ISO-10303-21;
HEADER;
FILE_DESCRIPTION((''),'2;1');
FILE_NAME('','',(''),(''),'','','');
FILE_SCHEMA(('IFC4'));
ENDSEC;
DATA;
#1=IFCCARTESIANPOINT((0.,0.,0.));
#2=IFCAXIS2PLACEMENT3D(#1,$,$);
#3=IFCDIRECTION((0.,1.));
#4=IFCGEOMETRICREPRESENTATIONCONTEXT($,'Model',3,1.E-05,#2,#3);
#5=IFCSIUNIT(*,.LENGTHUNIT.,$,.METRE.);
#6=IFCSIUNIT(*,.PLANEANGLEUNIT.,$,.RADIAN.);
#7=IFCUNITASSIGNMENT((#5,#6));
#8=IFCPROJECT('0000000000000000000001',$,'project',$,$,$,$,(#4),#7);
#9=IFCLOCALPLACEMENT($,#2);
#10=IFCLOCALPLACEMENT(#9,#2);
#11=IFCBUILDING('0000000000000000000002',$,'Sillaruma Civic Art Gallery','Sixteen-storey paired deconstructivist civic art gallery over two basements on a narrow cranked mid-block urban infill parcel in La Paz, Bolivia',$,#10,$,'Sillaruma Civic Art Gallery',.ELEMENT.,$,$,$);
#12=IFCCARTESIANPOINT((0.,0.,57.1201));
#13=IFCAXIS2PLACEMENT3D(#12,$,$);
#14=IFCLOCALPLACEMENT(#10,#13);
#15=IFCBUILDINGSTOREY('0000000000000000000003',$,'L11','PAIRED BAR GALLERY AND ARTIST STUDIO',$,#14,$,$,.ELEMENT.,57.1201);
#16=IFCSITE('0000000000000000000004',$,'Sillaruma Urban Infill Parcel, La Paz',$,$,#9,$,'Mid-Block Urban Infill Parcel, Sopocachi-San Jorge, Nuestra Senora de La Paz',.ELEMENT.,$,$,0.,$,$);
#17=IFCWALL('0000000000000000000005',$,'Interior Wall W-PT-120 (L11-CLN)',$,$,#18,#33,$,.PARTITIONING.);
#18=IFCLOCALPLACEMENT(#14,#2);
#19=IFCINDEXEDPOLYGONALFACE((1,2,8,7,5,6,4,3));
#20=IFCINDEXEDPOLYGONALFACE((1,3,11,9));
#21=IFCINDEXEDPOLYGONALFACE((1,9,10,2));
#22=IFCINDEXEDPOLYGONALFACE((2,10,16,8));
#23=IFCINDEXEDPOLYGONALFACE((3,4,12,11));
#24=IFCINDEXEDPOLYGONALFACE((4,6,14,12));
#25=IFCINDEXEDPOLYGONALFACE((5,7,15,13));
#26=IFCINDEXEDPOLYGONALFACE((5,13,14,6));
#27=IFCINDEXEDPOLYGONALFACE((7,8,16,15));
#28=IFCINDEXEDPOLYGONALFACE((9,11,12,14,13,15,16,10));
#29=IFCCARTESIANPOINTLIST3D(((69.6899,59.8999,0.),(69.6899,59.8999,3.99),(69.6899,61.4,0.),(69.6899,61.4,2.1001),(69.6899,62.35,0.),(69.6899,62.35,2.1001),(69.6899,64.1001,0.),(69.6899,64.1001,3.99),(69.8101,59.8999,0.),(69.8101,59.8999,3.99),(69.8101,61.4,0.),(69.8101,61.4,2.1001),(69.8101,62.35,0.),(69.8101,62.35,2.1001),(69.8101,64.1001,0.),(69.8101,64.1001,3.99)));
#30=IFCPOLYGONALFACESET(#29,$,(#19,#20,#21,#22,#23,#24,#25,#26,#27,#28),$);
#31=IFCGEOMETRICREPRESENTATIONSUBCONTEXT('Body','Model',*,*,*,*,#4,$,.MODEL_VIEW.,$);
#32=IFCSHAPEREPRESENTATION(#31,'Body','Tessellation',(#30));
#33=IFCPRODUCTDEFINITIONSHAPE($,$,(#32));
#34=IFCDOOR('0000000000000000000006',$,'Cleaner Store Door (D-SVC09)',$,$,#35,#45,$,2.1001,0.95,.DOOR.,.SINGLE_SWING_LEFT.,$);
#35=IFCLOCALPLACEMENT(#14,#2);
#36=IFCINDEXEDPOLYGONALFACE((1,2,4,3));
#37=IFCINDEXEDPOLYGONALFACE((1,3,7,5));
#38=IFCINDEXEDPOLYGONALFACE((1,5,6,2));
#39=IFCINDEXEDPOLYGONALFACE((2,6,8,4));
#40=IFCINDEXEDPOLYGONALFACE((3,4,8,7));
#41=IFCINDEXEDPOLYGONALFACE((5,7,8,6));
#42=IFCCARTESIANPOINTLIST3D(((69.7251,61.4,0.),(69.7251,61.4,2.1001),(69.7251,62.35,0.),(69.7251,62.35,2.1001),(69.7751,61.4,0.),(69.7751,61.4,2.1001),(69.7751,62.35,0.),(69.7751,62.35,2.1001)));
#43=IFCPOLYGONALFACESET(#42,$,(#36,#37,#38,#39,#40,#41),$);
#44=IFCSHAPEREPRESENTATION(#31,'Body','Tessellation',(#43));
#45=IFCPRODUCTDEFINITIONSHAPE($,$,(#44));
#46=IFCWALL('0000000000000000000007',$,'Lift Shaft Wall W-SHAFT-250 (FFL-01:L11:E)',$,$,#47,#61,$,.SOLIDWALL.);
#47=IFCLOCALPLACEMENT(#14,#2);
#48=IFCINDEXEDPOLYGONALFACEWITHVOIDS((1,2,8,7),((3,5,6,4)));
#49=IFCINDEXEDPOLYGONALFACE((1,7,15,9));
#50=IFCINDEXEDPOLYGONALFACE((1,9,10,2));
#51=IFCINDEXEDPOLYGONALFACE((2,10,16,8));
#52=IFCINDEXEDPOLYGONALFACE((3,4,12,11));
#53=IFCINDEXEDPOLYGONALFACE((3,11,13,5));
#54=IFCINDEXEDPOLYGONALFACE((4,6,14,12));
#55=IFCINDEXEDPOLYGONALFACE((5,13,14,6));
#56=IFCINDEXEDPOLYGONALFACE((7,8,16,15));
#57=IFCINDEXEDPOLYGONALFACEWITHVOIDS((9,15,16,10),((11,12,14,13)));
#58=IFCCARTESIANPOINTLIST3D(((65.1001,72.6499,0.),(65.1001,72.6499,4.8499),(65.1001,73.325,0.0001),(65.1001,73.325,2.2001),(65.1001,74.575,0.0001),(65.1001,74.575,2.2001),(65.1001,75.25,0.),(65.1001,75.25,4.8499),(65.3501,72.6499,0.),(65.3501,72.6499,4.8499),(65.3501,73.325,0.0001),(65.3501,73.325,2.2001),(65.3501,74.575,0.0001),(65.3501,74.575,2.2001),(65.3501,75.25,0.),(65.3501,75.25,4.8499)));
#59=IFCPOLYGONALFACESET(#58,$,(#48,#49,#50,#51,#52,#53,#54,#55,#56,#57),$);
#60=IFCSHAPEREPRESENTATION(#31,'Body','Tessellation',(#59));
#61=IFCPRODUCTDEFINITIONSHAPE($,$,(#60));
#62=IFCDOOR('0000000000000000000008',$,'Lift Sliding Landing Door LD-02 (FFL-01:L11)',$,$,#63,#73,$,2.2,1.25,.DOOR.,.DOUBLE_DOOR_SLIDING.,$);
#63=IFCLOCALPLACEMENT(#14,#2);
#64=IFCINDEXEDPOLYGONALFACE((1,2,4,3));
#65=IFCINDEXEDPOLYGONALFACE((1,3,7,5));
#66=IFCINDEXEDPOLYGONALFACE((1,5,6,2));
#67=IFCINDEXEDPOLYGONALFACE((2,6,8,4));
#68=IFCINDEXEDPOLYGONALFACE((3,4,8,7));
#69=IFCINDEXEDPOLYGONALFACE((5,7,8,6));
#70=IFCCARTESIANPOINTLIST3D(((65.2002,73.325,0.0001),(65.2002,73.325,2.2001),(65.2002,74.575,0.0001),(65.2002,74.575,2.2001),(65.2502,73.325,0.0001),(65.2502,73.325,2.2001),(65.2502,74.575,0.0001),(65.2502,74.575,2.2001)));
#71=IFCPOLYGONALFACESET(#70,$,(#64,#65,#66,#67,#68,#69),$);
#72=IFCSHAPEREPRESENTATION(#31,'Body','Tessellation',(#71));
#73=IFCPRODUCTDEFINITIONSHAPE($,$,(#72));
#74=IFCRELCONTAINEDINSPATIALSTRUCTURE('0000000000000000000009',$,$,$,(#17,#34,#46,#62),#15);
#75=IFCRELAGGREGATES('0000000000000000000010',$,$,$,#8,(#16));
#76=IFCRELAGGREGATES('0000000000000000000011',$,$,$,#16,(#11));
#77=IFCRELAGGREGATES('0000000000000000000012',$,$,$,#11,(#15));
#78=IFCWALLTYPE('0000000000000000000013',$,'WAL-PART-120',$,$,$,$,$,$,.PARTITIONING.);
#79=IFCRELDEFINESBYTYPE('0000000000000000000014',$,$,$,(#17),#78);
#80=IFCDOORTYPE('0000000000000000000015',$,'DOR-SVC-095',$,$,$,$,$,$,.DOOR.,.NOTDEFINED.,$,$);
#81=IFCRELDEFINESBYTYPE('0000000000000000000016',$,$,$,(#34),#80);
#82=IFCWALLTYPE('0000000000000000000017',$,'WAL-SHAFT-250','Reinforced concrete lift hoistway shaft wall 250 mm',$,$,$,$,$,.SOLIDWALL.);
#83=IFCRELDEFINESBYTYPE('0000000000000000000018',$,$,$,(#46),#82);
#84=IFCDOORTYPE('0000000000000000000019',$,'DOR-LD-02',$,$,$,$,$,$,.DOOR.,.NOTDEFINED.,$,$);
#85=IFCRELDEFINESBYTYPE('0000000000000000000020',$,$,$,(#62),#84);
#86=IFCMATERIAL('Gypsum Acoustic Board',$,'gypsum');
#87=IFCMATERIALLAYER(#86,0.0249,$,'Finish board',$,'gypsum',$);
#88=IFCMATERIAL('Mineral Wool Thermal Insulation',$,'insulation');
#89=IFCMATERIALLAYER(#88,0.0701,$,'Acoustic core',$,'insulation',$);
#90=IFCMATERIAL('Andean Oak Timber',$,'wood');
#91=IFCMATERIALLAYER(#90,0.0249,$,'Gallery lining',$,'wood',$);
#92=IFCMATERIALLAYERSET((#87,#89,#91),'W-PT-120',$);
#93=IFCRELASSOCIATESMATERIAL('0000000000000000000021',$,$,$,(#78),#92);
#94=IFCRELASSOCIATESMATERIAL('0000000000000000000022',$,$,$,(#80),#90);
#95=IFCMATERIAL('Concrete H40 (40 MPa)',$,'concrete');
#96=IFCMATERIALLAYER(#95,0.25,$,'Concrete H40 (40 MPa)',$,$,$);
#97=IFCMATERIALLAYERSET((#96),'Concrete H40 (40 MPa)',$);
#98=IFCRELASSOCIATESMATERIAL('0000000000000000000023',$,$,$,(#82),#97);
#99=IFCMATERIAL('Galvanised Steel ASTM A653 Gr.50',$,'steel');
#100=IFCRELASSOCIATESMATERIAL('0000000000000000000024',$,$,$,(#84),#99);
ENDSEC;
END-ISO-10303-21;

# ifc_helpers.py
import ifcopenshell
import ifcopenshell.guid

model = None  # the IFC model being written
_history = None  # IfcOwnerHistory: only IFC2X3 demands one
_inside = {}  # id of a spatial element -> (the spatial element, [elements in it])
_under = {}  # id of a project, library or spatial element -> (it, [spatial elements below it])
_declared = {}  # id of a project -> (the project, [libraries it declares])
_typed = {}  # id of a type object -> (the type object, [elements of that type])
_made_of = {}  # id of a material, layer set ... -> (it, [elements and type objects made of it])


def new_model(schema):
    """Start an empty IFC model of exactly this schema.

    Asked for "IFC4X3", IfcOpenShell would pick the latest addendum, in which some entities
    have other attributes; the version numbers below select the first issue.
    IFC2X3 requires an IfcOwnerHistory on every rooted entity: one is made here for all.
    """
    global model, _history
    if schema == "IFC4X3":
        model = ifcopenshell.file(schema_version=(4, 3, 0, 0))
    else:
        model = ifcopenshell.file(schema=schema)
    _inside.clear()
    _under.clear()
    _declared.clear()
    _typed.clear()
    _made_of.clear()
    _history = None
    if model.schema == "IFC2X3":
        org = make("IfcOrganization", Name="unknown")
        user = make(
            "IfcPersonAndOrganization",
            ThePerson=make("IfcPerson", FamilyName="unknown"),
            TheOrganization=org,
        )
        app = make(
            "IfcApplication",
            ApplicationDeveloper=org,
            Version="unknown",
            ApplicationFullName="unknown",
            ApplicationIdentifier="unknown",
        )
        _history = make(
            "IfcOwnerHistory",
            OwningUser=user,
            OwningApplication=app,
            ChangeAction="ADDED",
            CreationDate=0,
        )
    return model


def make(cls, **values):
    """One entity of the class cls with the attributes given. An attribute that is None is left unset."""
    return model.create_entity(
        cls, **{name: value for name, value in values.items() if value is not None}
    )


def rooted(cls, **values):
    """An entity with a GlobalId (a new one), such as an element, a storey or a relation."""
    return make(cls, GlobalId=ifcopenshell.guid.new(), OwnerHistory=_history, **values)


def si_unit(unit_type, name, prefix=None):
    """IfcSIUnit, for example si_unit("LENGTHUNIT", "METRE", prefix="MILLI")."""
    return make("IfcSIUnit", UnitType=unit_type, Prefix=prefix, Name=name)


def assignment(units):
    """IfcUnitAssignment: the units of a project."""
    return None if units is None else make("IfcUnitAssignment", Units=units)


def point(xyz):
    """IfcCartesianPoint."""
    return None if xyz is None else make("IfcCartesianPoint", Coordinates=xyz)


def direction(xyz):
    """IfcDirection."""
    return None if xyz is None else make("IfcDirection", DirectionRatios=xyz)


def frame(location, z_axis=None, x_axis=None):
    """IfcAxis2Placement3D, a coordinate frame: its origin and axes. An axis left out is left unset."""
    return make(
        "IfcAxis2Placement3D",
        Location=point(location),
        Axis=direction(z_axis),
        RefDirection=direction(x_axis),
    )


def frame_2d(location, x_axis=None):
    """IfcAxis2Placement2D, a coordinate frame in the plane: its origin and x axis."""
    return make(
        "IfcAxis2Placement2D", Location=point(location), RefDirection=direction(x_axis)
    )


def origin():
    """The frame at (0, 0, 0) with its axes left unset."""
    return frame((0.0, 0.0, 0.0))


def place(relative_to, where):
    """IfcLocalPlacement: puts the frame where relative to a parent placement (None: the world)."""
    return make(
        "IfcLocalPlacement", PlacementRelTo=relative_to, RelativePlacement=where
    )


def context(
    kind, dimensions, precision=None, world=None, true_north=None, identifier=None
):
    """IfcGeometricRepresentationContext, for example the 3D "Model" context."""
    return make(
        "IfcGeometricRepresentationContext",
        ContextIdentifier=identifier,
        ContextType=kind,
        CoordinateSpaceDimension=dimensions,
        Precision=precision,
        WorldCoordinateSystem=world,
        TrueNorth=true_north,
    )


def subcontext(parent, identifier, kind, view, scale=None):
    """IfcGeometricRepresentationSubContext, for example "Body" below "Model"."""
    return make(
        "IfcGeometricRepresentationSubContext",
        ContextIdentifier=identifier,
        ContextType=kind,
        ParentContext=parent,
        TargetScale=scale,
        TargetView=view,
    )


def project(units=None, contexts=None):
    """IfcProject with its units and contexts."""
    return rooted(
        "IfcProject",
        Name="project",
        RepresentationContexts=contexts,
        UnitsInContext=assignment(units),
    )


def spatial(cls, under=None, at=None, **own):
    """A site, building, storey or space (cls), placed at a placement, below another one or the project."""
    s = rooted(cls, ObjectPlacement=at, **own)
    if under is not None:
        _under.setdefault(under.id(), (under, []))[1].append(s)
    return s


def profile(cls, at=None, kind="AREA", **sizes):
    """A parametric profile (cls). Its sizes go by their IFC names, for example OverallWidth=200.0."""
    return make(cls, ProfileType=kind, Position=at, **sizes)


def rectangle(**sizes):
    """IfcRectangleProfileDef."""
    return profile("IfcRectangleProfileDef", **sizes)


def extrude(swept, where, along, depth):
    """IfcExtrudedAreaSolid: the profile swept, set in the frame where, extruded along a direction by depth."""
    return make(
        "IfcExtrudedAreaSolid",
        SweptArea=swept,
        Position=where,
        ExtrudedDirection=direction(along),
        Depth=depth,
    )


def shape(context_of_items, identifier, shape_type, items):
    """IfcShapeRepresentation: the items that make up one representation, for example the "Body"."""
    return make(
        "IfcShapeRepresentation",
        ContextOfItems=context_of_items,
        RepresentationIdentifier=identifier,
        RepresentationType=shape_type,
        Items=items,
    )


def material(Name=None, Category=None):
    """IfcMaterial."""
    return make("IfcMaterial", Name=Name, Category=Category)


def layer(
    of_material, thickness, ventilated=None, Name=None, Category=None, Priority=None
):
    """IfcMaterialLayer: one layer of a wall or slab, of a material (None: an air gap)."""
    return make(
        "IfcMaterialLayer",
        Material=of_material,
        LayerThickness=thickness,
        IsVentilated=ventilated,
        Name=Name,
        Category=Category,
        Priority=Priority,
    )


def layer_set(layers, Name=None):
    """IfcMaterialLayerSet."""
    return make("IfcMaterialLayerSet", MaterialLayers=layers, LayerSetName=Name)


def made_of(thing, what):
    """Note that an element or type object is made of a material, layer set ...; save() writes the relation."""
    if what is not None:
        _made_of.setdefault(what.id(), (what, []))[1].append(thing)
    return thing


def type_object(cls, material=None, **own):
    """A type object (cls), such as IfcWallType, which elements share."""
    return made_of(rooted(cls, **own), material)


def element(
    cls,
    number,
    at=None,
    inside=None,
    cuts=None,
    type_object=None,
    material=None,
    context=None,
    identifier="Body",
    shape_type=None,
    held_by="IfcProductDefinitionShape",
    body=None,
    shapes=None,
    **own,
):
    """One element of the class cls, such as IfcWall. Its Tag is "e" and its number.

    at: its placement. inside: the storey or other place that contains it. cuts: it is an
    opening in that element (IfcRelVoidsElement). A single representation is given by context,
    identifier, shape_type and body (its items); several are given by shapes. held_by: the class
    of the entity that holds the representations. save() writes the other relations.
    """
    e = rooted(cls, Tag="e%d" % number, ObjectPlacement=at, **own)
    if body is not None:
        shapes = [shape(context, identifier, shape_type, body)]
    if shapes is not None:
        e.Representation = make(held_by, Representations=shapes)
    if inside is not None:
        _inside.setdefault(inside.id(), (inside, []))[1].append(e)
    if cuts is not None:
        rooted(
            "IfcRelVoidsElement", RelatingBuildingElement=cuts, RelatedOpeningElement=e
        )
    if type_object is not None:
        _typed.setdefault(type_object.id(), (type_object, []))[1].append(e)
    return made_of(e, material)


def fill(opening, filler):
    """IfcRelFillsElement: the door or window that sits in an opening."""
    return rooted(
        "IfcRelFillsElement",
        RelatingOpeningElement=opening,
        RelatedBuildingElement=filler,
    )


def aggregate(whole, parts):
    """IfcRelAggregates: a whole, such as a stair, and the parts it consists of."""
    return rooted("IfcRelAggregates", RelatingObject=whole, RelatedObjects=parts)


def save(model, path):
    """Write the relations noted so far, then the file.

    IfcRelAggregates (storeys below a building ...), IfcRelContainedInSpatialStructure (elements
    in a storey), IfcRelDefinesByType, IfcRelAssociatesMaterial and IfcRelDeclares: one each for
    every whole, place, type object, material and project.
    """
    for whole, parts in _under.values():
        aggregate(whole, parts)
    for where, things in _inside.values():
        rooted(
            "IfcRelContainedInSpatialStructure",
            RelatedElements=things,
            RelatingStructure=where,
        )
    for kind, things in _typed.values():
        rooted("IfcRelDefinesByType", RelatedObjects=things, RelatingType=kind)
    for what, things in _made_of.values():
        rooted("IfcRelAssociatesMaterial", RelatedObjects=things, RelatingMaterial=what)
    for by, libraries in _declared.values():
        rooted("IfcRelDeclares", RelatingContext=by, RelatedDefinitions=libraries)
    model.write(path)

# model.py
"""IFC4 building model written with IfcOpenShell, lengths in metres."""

from ifc_helpers import new_model, si_unit, direction, frame, frame_2d, origin, place, context, subcontext, project, spatial, rectangle, extrude, material, layer, layer_set, type_object, element, fill, save


model = new_model("IFC4")

# Units and contexts
model_context = context("Model", 3, precision=1e-05, world=origin(), true_north=direction((0.0, 1.0)))
body_context = subcontext(model_context, "Body", "Model", "MODEL_VIEW")
ifc_project = project(units=[si_unit("LENGTHUNIT", "METRE"), si_unit("PLANEANGLEUNIT", "RADIAN")], contexts=[model_context])

# Site, building, storey
site_placement = place(None, origin())
site = spatial("IfcSite", under=ifc_project, at=site_placement, Name="Sillaruma Urban Infill Parcel, La Paz", LongName="Mid-Block Urban Infill Parcel, Sopocachi-San Jorge, Nuestra Senora de La Paz", CompositionType="ELEMENT", RefElevation=0.0)
building_placement = place(site_placement, origin())
building = spatial("IfcBuilding", under=site, at=building_placement, Name="Sillaruma Civic Art Gallery", Description="Sixteen-storey paired deconstructivist civic art gallery over two basements on a narrow cranked mid-block urban infill parcel in La Paz, Bolivia", LongName="Sillaruma Civic Art Gallery", CompositionType="ELEMENT")
storey_placement = place(building_placement, frame((0.0, 0.0, 57.1201)))
storey = spatial("IfcBuildingStorey", under=building, at=storey_placement, Name="L11", Description="PAIRED BAR GALLERY AND ARTIST STUDIO", CompositionType="ELEMENT", Elevation=57.1201)

# Shared definitions
ifc_material_1 = material(Name="Concrete H40 (40 MPa)", Category="concrete")

# Walls, openings, doors
ifc_material_2 = material(Name="Galvanised Steel ASTM A653 Gr.50", Category="steel")
ifc_material_3 = material(Name="Gypsum Acoustic Board", Category="gypsum")
ifc_layer_1 = layer(ifc_material_3, 0.0249, Name="Finish board", Category="gypsum")
ifc_material_4 = material(Name="Mineral Wool Thermal Insulation", Category="insulation")
ifc_layer_2 = layer(ifc_material_4, 0.0701, Name="Acoustic core", Category="insulation")
ifc_material_5 = material(Name="Andean Oak Timber", Category="wood")
ifc_layer_3 = layer(ifc_material_5, 0.0249, Name="Gallery lining", Category="wood")
ifc_layer_set_1 = layer_set([ifc_layer_1, ifc_layer_2, ifc_layer_3], Name="W-PT-120")
wall_type_1 = type_object("IfcWallType", Name="WAL-PART-120", PredefinedType="PARTITIONING", material=ifc_layer_set_1)
wall_1_placement = place(storey_placement, frame((69.75, 59.8999, 0.0), z_axis=(0.0, 0.0, 1.0), x_axis=(0.0, 1.0, 0.0)))
wall_1 = element("IfcWall", 1, at=wall_1_placement, inside=storey, type_object=wall_type_1, Name="Interior Wall W-PT-120 (L11-CLN)", PredefinedType="PARTITIONING", context=body_context, shape_type="SweptSolid", body=[
    extrude(rectangle(XDim=4.2002, YDim=0.1201, at=frame_2d((2.1001, 0.0))), origin(), (0.0, 0.0, 1.0), 3.99),
])
opening_1_placement = place(wall_1_placement, frame((1.5, 0.0, 0.0)))
opening_1 = element("IfcOpeningElement", 2, at=opening_1_placement, cuts=wall_1, PredefinedType="OPENING", context=body_context, shape_type="SweptSolid", body=[
    extrude(rectangle(XDim=0.95, YDim=2.1001, at=frame_2d((0.4751, 1.05))), frame((0.0, 0.0701, 0.0), z_axis=(0.0, -1.0, 0.0), x_axis=(1.0, 0.0, 0.0)), (0.0, 0.0, 1.0), 0.1401),
])
door_type_1 = type_object("IfcDoorType", Name="DOR-SVC-095", OperationType="NOTDEFINED", PredefinedType="DOOR", material=ifc_material_5)
door_1_placement = place(opening_1_placement, origin())
door_1 = element("IfcDoor", 3, at=door_1_placement, inside=storey, type_object=door_type_1, Name="Cleaner Store Door (D-SVC09)", OperationType="SINGLE_SWING_LEFT", OverallHeight=2.1001, OverallWidth=0.95, PredefinedType="DOOR", context=body_context, shape_type="SweptSolid", body=[
    extrude(rectangle(XDim=0.95, YDim=2.1001, at=frame_2d((0.4751, 1.05))), frame((0.0, 0.0249, 0.0), z_axis=(0.0, -1.0, 0.0), x_axis=(1.0, 0.0, 0.0)), (0.0, 0.0, 1.0), 0.05),
])
fill(opening_1, door_1)
ifc_layer_4 = layer(ifc_material_1, 0.25, Name="Concrete H40 (40 MPa)")
ifc_layer_set_2 = layer_set([ifc_layer_4], Name="Concrete H40 (40 MPa)")
wall_type_2 = type_object("IfcWallType", Name="WAL-SHAFT-250", Description="Reinforced concrete lift hoistway shaft wall 250 mm", PredefinedType="SOLIDWALL", material=ifc_layer_set_2)
wall_2_placement = place(storey_placement, frame((65.2251, 72.6499, 0.0), z_axis=(0.0, 0.0, 1.0), x_axis=(0.0, 1.0, 0.0)))
wall_2 = element("IfcWall", 4, at=wall_2_placement, inside=storey, type_object=wall_type_2, Name="Lift Shaft Wall W-SHAFT-250 (FFL-01:L11:E)", PredefinedType="SOLIDWALL", context=body_context, shape_type="SweptSolid", body=[
    extrude(rectangle(XDim=2.6001, YDim=0.25, at=frame_2d((1.3, 0.0))), origin(), (0.0, 0.0, 1.0), 4.8499),
])
opening_2_placement = place(wall_2_placement, frame((0.675, 0.0, 0.0)))
opening_2 = element("IfcOpeningElement", 5, at=opening_2_placement, cuts=wall_2, PredefinedType="OPENING", context=body_context, shape_type="SweptSolid", body=[
    extrude(rectangle(XDim=1.25, YDim=2.2, at=frame_2d((0.625, 1.1001))), frame((0.0, 0.135, 0.0), z_axis=(0.0, -1.0, 0.0), x_axis=(1.0, 0.0, 0.0)), (0.0, 0.0, 1.0), 0.27),
])
door_type_2 = type_object("IfcDoorType", Name="DOR-LD-02", OperationType="NOTDEFINED", PredefinedType="DOOR", material=ifc_material_2)
door_2_placement = place(opening_2_placement, origin())
door_2 = element("IfcDoor", 6, at=door_2_placement, inside=storey, type_object=door_type_2, Name="Lift Sliding Landing Door LD-02 (FFL-01:L11)", OperationType="DOUBLE_DOOR_SLIDING", OverallHeight=2.2, OverallWidth=1.25, PredefinedType="DOOR", context=body_context, shape_type="SweptSolid", body=[
    extrude(rectangle(XDim=1.25, YDim=2.2, at=frame_2d((0.625, 1.1001))), frame((0.0, 0.0249, 0.0), z_axis=(0.0, -1.0, 0.0), x_axis=(1.0, 0.0, 0.0)), (0.0, 0.0, 1.0), 0.05),
])
fill(opening_2, door_2)

save(model, "model.ifc")
